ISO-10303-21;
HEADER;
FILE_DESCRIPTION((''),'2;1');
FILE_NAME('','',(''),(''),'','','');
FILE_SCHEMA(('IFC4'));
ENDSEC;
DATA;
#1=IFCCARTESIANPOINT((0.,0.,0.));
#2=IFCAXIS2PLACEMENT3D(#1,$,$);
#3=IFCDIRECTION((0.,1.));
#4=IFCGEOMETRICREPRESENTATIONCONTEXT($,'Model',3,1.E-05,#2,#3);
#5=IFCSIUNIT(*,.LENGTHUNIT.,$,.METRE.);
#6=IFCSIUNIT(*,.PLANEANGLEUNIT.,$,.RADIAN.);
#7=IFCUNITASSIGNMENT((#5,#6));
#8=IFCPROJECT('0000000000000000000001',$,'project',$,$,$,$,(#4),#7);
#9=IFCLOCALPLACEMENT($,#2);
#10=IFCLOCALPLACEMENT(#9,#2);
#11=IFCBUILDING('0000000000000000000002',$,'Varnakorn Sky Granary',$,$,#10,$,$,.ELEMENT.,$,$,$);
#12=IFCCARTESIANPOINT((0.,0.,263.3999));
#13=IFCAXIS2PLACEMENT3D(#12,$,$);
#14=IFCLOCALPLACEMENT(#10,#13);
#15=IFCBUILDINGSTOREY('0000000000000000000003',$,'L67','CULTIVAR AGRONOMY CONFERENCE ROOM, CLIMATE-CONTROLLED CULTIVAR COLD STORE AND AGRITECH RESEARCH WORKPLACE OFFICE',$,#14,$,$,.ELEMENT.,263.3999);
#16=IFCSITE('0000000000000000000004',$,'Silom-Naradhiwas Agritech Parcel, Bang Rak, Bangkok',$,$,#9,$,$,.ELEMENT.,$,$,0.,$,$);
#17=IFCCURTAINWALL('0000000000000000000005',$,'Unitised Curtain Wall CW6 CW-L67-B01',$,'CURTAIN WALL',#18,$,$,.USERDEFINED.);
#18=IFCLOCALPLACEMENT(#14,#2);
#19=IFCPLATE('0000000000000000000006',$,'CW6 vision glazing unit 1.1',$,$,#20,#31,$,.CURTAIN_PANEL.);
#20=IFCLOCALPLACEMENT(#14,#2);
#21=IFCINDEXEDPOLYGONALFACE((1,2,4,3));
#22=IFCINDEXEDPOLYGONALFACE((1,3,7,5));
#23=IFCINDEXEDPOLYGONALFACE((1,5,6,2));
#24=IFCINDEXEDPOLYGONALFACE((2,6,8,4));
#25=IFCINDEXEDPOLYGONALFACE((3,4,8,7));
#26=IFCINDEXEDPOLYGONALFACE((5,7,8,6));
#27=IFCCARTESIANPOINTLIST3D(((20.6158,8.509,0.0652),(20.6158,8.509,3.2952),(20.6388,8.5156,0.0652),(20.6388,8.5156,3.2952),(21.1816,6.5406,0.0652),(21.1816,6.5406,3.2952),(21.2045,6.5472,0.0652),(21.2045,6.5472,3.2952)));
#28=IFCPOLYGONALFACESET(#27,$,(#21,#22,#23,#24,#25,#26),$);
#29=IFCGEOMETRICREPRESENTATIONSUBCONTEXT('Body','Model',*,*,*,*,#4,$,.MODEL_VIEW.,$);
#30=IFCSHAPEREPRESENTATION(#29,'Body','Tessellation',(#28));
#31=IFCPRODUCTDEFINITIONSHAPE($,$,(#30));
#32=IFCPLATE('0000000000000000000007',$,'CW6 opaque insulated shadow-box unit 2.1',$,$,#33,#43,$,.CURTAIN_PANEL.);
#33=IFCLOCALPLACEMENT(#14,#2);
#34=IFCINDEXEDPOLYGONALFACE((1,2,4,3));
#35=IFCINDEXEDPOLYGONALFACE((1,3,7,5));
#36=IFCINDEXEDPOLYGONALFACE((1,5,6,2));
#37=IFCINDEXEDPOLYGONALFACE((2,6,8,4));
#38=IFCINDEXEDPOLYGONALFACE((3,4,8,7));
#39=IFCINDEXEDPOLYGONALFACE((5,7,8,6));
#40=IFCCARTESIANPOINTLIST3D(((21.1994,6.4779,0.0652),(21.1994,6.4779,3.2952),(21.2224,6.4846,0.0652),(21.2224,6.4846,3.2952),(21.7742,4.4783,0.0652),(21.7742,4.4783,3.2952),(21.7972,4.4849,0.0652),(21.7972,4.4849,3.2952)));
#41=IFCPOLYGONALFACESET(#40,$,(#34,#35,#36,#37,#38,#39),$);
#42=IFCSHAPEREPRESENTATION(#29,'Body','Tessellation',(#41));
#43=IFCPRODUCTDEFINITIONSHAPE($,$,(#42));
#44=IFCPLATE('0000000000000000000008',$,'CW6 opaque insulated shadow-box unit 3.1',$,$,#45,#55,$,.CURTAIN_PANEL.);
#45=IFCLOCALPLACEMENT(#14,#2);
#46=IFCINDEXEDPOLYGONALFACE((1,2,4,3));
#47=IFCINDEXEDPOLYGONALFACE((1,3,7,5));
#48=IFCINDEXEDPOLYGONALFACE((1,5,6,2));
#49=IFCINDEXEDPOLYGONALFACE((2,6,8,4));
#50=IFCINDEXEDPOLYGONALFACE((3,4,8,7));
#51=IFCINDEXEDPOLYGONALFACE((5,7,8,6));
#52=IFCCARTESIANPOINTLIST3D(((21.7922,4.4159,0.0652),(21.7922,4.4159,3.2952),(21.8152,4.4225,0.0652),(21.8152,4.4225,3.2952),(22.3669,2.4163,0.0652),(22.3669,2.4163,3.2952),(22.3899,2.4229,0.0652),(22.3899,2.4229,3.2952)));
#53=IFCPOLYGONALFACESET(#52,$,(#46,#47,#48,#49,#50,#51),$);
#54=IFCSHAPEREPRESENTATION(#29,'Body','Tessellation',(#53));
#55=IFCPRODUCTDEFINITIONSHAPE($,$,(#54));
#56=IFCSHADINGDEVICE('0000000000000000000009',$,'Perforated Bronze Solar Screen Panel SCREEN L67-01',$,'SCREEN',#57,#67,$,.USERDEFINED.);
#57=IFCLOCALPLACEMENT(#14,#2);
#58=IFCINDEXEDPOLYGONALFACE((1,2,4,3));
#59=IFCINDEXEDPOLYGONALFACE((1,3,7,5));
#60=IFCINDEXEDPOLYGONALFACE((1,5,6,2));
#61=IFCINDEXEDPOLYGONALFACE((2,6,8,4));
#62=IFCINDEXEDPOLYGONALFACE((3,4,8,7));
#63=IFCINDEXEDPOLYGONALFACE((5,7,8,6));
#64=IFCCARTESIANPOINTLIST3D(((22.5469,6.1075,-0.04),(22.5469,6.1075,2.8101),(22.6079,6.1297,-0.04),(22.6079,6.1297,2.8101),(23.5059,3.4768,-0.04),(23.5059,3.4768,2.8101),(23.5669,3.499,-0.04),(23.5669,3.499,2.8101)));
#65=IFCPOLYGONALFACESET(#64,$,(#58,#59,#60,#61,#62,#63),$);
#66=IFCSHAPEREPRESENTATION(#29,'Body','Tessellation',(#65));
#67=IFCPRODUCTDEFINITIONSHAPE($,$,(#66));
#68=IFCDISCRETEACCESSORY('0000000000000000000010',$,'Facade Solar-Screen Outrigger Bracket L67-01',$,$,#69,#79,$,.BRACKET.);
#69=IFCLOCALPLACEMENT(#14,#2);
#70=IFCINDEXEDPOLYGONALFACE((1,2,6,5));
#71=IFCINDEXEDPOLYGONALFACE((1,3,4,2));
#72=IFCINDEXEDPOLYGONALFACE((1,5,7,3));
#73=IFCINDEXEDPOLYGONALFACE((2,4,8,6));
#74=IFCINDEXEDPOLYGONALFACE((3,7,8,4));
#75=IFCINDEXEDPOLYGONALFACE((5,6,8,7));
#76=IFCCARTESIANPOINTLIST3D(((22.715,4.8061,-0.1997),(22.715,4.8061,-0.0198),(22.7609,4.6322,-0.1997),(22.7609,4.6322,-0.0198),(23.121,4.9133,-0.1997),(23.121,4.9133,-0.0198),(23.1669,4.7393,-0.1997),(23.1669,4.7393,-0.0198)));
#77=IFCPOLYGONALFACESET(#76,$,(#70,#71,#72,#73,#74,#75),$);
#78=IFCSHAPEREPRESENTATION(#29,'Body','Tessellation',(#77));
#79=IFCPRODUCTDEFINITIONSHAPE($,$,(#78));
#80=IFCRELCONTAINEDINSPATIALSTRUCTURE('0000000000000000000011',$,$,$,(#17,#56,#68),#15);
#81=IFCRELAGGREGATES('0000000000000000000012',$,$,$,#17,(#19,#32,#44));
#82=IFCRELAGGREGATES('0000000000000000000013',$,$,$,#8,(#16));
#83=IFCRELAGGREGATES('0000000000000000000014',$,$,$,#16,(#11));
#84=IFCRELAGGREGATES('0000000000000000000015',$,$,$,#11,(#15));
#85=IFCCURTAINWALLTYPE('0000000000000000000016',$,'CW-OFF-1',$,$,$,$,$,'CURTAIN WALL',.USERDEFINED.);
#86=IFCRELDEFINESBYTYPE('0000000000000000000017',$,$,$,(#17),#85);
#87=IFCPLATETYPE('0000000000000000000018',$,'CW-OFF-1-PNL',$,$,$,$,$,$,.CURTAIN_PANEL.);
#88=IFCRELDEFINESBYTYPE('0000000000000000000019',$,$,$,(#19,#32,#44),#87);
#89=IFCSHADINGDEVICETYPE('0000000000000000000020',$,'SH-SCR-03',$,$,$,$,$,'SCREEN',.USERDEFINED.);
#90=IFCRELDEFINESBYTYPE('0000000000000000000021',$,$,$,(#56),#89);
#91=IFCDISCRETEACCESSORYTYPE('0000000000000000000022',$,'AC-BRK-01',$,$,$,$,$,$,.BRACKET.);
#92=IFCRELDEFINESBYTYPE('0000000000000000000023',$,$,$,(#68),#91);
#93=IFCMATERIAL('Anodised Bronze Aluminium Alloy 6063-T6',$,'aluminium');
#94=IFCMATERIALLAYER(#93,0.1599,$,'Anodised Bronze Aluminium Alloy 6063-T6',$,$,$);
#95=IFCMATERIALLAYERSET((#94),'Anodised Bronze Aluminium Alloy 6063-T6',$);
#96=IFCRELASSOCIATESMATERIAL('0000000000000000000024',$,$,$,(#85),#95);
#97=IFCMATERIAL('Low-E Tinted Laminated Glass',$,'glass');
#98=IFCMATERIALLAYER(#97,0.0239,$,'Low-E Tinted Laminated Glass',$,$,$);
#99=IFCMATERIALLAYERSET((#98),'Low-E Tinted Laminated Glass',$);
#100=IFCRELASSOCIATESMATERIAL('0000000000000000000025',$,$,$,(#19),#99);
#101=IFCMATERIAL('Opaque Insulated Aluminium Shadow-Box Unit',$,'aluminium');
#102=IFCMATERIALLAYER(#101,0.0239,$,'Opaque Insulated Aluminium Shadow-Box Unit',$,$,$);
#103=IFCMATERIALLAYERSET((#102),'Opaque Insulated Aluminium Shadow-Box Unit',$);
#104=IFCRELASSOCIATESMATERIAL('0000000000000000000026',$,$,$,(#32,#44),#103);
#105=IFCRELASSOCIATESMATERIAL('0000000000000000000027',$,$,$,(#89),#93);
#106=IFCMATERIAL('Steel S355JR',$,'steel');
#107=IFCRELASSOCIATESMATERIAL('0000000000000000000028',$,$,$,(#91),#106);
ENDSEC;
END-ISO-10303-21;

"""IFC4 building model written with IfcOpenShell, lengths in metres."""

from ifc_helpers import new_model, si_unit, direction, frame, origin, origin_2d, place, context, subcontext, project, spatial, rectangle, extrude, source, transform, mapped, material, layer, layer_set, type_object, type_shapes, element, aggregate, save


model = new_model("IFC4")

# Units and contexts
model_context = context("Model", 3, precision=1e-05, world=origin(), true_north=direction((0.0, 1.0)))
body_context = subcontext(model_context, "Body", "Model", "MODEL_VIEW")
ifc_project = project(units=[si_unit("LENGTHUNIT", "METRE"), si_unit("PLANEANGLEUNIT", "RADIAN")], contexts=[model_context])

# Site, building, storey
site_placement = place(None, origin())
site = spatial("IfcSite", under=ifc_project, at=site_placement, Name="Silom-Naradhiwas Agritech Parcel, Bang Rak, Bangkok", CompositionType="ELEMENT", RefElevation=0.0)
building_placement = place(site_placement, origin())
building = spatial("IfcBuilding", under=site, at=building_placement, Name="Varnakorn Sky Granary", CompositionType="ELEMENT")
storey_placement = place(building_placement, frame((0.0, 0.0, 263.3999)))
storey = spatial("IfcBuildingStorey", under=building, at=storey_placement, Name="L67", Description="CULTIVAR AGRONOMY CONFERENCE ROOM, CLIMATE-CONTROLLED CULTIVAR COLD STORE AND AGRITECH RESEARCH WORKPLACE OFFICE", CompositionType="ELEMENT", Elevation=263.3999)

# Shared definitions
ifc_material_1 = material(Name="Steel S355JR", Category="steel")

# Curtain wall
ifc_material_2 = material(Name="Anodised Bronze Aluminium Alloy 6063-T6", Category="aluminium")
ifc_layer_1 = layer(ifc_material_2, 0.1599, Name="Anodised Bronze Aluminium Alloy 6063-T6")
ifc_layer_set_1 = layer_set([ifc_layer_1], Name="Anodised Bronze Aluminium Alloy 6063-T6")
curtain_wall_type = type_object("IfcCurtainWallType", Name="CW-OFF-1", ElementType="CURTAIN WALL", PredefinedType="USERDEFINED", material=ifc_layer_set_1)
curtain_wall_placement = place(storey_placement, origin())
curtain_wall = element("IfcCurtainWall", 1, at=curtain_wall_placement, inside=storey, type_object=curtain_wall_type, Name="Unitised Curtain Wall CW6 CW-L67-B01", ObjectType="CURTAIN WALL", PredefinedType="USERDEFINED")

# Plates
ifc_material_3 = material(Name="Low-E Tinted Laminated Glass", Category="glass")
ifc_layer_2 = layer(ifc_material_3, 0.0239, Name="Low-E Tinted Laminated Glass")
ifc_layer_set_2 = layer_set([ifc_layer_2], Name="Low-E Tinted Laminated Glass")
plate_type = type_object("IfcPlateType", Name="CW-OFF-1-PNL", PredefinedType="CURTAIN_PANEL")
shared_shape_1 = source(origin(), body_context, "Body", "SweptSolid", [
    extrude(rectangle(XDim=2.0481, YDim=0.0239, at=origin_2d()), origin(), (0.0, 0.0, 1.0), 3.23),
])
plate_1_placement = place(storey_placement, frame((20.9102, 7.5281, 0.0652), z_axis=(0.0, 0.0, 1.0), x_axis=(0.276252, -0.961085, 0.0)))
plate_1 = element("IfcPlate", 2, at=plate_1_placement, type_object=plate_type, material=ifc_layer_set_2, Name="CW6 vision glazing unit 1.1", PredefinedType="CURTAIN_PANEL", context=body_context, shape_type="MappedRepresentation", body=[
    mapped(shared_shape_1, transform((0.0, 0.0, 0.0), x_axis=(1.0, 0.0, 0.0), y_axis=(0.0, 1.0, 0.0), z_axis=(0.0, 0.0, 1.0), scale=1.0)),
])
ifc_material_4 = material(Name="Opaque Insulated Aluminium Shadow-Box Unit", Category="aluminium")
ifc_layer_3 = layer(ifc_material_4, 0.0239, Name="Opaque Insulated Aluminium Shadow-Box Unit")
ifc_layer_set_3 = layer_set([ifc_layer_3], Name="Opaque Insulated Aluminium Shadow-Box Unit")
shared_shape_2 = source(origin(), body_context, "Body", "SweptSolid", [
    extrude(rectangle(XDim=2.0806, YDim=0.0239, at=origin_2d()), origin(), (0.0, 0.0, 1.0), 3.23),
])
type_shapes(plate_type, [shared_shape_1, shared_shape_2])
plate_2_placement = place(storey_placement, frame((21.4983, 5.4814, 0.0652), z_axis=(0.0, 0.0, 1.0), x_axis=(0.276252, -0.961085, 0.0)))
plate_2 = element("IfcPlate", 3, at=plate_2_placement, type_object=plate_type, material=ifc_layer_set_3, Name="CW6 opaque insulated shadow-box unit 2.1", PredefinedType="CURTAIN_PANEL", context=body_context, shape_type="MappedRepresentation", body=[
    mapped(shared_shape_2, transform((0.0, 0.0, 0.0), x_axis=(1.0, 0.0, 0.0), y_axis=(0.0, 1.0, 0.0), z_axis=(0.0, 0.0, 1.0), scale=1.0)),
])
plate_3_placement = place(storey_placement, frame((22.0911, 3.4194, 0.0652), z_axis=(0.0, 0.0, 1.0), x_axis=(0.276252, -0.961085, 0.0)))
plate_3 = element("IfcPlate", 4, at=plate_3_placement, type_object=plate_type, material=ifc_layer_set_3, Name="CW6 opaque insulated shadow-box unit 3.1", PredefinedType="CURTAIN_PANEL", context=body_context, shape_type="MappedRepresentation", body=[
    mapped(shared_shape_2, transform((0.0, 0.0, 0.0), x_axis=(1.0, 0.0, 0.0), y_axis=(0.0, 1.0, 0.0), z_axis=(0.0, 0.0, 1.0), scale=1.0)),
])
aggregate(curtain_wall, [plate_1, plate_2, plate_3])

# Shading device
shading_device_type = type_object("IfcShadingDeviceType", Name="SH-SCR-03", ElementType="SCREEN", PredefinedType="USERDEFINED", material=ifc_material_2)
shared_shape_3 = source(origin(), body_context, "Body", "SweptSolid", [
    extrude(rectangle(XDim=2.8, YDim=0.0649, at=origin_2d()), origin(), (0.0, 0.0, 1.0), 2.8501),
])
type_shapes(shading_device_type, [shared_shape_3])
shading_device_placement = place(storey_placement, frame((23.0569, 4.8032, -0.04), z_axis=(0.0, 0.0, 1.0), x_axis=(-0.342494, 0.93952, 0.0)))
element("IfcShadingDevice", 5, at=shading_device_placement, inside=storey, type_object=shading_device_type, Name="Perforated Bronze Solar Screen Panel SCREEN L67-01", ObjectType="SCREEN", PredefinedType="USERDEFINED", context=body_context, shape_type="MappedRepresentation", body=[
    mapped(shared_shape_3, transform((0.0, 0.0, 0.0), x_axis=(1.0, 0.0, 0.0), y_axis=(0.0, 1.0, 0.0), z_axis=(0.0, 0.0, 1.0), scale=1.0)),
])

# Discrete accessory
discrete_accessory_type = type_object("IfcDiscreteAccessoryType", Name="AC-BRK-01", PredefinedType="BRACKET", material=ifc_material_1)
shared_shape_4 = source(origin(), body_context, "Body", "SweptSolid", [
    extrude(rectangle(XDim=0.1799, YDim=0.4199, at=origin_2d()), origin(), (0.0, 0.0, 1.0), 0.1799),
])
type_shapes(discrete_accessory_type, [shared_shape_4])
discrete_accessory_placement = place(storey_placement, frame((22.9409, 4.7727, -0.1997), z_axis=(0.0, 0.0, 1.0), x_axis=(-0.25509, 0.966917, 0.0)))
element("IfcDiscreteAccessory", 6, at=discrete_accessory_placement, inside=storey, type_object=discrete_accessory_type, Name="Facade Solar-Screen Outrigger Bracket L67-01", PredefinedType="BRACKET", context=body_context, shape_type="MappedRepresentation", body=[
    mapped(shared_shape_4, transform((0.0, 0.0, 0.0), x_axis=(1.0, 0.0, 0.0), y_axis=(0.0, 1.0, 0.0), z_axis=(0.0, 0.0, 1.0), scale=1.0)),
])

save(model, "model.ifc")
